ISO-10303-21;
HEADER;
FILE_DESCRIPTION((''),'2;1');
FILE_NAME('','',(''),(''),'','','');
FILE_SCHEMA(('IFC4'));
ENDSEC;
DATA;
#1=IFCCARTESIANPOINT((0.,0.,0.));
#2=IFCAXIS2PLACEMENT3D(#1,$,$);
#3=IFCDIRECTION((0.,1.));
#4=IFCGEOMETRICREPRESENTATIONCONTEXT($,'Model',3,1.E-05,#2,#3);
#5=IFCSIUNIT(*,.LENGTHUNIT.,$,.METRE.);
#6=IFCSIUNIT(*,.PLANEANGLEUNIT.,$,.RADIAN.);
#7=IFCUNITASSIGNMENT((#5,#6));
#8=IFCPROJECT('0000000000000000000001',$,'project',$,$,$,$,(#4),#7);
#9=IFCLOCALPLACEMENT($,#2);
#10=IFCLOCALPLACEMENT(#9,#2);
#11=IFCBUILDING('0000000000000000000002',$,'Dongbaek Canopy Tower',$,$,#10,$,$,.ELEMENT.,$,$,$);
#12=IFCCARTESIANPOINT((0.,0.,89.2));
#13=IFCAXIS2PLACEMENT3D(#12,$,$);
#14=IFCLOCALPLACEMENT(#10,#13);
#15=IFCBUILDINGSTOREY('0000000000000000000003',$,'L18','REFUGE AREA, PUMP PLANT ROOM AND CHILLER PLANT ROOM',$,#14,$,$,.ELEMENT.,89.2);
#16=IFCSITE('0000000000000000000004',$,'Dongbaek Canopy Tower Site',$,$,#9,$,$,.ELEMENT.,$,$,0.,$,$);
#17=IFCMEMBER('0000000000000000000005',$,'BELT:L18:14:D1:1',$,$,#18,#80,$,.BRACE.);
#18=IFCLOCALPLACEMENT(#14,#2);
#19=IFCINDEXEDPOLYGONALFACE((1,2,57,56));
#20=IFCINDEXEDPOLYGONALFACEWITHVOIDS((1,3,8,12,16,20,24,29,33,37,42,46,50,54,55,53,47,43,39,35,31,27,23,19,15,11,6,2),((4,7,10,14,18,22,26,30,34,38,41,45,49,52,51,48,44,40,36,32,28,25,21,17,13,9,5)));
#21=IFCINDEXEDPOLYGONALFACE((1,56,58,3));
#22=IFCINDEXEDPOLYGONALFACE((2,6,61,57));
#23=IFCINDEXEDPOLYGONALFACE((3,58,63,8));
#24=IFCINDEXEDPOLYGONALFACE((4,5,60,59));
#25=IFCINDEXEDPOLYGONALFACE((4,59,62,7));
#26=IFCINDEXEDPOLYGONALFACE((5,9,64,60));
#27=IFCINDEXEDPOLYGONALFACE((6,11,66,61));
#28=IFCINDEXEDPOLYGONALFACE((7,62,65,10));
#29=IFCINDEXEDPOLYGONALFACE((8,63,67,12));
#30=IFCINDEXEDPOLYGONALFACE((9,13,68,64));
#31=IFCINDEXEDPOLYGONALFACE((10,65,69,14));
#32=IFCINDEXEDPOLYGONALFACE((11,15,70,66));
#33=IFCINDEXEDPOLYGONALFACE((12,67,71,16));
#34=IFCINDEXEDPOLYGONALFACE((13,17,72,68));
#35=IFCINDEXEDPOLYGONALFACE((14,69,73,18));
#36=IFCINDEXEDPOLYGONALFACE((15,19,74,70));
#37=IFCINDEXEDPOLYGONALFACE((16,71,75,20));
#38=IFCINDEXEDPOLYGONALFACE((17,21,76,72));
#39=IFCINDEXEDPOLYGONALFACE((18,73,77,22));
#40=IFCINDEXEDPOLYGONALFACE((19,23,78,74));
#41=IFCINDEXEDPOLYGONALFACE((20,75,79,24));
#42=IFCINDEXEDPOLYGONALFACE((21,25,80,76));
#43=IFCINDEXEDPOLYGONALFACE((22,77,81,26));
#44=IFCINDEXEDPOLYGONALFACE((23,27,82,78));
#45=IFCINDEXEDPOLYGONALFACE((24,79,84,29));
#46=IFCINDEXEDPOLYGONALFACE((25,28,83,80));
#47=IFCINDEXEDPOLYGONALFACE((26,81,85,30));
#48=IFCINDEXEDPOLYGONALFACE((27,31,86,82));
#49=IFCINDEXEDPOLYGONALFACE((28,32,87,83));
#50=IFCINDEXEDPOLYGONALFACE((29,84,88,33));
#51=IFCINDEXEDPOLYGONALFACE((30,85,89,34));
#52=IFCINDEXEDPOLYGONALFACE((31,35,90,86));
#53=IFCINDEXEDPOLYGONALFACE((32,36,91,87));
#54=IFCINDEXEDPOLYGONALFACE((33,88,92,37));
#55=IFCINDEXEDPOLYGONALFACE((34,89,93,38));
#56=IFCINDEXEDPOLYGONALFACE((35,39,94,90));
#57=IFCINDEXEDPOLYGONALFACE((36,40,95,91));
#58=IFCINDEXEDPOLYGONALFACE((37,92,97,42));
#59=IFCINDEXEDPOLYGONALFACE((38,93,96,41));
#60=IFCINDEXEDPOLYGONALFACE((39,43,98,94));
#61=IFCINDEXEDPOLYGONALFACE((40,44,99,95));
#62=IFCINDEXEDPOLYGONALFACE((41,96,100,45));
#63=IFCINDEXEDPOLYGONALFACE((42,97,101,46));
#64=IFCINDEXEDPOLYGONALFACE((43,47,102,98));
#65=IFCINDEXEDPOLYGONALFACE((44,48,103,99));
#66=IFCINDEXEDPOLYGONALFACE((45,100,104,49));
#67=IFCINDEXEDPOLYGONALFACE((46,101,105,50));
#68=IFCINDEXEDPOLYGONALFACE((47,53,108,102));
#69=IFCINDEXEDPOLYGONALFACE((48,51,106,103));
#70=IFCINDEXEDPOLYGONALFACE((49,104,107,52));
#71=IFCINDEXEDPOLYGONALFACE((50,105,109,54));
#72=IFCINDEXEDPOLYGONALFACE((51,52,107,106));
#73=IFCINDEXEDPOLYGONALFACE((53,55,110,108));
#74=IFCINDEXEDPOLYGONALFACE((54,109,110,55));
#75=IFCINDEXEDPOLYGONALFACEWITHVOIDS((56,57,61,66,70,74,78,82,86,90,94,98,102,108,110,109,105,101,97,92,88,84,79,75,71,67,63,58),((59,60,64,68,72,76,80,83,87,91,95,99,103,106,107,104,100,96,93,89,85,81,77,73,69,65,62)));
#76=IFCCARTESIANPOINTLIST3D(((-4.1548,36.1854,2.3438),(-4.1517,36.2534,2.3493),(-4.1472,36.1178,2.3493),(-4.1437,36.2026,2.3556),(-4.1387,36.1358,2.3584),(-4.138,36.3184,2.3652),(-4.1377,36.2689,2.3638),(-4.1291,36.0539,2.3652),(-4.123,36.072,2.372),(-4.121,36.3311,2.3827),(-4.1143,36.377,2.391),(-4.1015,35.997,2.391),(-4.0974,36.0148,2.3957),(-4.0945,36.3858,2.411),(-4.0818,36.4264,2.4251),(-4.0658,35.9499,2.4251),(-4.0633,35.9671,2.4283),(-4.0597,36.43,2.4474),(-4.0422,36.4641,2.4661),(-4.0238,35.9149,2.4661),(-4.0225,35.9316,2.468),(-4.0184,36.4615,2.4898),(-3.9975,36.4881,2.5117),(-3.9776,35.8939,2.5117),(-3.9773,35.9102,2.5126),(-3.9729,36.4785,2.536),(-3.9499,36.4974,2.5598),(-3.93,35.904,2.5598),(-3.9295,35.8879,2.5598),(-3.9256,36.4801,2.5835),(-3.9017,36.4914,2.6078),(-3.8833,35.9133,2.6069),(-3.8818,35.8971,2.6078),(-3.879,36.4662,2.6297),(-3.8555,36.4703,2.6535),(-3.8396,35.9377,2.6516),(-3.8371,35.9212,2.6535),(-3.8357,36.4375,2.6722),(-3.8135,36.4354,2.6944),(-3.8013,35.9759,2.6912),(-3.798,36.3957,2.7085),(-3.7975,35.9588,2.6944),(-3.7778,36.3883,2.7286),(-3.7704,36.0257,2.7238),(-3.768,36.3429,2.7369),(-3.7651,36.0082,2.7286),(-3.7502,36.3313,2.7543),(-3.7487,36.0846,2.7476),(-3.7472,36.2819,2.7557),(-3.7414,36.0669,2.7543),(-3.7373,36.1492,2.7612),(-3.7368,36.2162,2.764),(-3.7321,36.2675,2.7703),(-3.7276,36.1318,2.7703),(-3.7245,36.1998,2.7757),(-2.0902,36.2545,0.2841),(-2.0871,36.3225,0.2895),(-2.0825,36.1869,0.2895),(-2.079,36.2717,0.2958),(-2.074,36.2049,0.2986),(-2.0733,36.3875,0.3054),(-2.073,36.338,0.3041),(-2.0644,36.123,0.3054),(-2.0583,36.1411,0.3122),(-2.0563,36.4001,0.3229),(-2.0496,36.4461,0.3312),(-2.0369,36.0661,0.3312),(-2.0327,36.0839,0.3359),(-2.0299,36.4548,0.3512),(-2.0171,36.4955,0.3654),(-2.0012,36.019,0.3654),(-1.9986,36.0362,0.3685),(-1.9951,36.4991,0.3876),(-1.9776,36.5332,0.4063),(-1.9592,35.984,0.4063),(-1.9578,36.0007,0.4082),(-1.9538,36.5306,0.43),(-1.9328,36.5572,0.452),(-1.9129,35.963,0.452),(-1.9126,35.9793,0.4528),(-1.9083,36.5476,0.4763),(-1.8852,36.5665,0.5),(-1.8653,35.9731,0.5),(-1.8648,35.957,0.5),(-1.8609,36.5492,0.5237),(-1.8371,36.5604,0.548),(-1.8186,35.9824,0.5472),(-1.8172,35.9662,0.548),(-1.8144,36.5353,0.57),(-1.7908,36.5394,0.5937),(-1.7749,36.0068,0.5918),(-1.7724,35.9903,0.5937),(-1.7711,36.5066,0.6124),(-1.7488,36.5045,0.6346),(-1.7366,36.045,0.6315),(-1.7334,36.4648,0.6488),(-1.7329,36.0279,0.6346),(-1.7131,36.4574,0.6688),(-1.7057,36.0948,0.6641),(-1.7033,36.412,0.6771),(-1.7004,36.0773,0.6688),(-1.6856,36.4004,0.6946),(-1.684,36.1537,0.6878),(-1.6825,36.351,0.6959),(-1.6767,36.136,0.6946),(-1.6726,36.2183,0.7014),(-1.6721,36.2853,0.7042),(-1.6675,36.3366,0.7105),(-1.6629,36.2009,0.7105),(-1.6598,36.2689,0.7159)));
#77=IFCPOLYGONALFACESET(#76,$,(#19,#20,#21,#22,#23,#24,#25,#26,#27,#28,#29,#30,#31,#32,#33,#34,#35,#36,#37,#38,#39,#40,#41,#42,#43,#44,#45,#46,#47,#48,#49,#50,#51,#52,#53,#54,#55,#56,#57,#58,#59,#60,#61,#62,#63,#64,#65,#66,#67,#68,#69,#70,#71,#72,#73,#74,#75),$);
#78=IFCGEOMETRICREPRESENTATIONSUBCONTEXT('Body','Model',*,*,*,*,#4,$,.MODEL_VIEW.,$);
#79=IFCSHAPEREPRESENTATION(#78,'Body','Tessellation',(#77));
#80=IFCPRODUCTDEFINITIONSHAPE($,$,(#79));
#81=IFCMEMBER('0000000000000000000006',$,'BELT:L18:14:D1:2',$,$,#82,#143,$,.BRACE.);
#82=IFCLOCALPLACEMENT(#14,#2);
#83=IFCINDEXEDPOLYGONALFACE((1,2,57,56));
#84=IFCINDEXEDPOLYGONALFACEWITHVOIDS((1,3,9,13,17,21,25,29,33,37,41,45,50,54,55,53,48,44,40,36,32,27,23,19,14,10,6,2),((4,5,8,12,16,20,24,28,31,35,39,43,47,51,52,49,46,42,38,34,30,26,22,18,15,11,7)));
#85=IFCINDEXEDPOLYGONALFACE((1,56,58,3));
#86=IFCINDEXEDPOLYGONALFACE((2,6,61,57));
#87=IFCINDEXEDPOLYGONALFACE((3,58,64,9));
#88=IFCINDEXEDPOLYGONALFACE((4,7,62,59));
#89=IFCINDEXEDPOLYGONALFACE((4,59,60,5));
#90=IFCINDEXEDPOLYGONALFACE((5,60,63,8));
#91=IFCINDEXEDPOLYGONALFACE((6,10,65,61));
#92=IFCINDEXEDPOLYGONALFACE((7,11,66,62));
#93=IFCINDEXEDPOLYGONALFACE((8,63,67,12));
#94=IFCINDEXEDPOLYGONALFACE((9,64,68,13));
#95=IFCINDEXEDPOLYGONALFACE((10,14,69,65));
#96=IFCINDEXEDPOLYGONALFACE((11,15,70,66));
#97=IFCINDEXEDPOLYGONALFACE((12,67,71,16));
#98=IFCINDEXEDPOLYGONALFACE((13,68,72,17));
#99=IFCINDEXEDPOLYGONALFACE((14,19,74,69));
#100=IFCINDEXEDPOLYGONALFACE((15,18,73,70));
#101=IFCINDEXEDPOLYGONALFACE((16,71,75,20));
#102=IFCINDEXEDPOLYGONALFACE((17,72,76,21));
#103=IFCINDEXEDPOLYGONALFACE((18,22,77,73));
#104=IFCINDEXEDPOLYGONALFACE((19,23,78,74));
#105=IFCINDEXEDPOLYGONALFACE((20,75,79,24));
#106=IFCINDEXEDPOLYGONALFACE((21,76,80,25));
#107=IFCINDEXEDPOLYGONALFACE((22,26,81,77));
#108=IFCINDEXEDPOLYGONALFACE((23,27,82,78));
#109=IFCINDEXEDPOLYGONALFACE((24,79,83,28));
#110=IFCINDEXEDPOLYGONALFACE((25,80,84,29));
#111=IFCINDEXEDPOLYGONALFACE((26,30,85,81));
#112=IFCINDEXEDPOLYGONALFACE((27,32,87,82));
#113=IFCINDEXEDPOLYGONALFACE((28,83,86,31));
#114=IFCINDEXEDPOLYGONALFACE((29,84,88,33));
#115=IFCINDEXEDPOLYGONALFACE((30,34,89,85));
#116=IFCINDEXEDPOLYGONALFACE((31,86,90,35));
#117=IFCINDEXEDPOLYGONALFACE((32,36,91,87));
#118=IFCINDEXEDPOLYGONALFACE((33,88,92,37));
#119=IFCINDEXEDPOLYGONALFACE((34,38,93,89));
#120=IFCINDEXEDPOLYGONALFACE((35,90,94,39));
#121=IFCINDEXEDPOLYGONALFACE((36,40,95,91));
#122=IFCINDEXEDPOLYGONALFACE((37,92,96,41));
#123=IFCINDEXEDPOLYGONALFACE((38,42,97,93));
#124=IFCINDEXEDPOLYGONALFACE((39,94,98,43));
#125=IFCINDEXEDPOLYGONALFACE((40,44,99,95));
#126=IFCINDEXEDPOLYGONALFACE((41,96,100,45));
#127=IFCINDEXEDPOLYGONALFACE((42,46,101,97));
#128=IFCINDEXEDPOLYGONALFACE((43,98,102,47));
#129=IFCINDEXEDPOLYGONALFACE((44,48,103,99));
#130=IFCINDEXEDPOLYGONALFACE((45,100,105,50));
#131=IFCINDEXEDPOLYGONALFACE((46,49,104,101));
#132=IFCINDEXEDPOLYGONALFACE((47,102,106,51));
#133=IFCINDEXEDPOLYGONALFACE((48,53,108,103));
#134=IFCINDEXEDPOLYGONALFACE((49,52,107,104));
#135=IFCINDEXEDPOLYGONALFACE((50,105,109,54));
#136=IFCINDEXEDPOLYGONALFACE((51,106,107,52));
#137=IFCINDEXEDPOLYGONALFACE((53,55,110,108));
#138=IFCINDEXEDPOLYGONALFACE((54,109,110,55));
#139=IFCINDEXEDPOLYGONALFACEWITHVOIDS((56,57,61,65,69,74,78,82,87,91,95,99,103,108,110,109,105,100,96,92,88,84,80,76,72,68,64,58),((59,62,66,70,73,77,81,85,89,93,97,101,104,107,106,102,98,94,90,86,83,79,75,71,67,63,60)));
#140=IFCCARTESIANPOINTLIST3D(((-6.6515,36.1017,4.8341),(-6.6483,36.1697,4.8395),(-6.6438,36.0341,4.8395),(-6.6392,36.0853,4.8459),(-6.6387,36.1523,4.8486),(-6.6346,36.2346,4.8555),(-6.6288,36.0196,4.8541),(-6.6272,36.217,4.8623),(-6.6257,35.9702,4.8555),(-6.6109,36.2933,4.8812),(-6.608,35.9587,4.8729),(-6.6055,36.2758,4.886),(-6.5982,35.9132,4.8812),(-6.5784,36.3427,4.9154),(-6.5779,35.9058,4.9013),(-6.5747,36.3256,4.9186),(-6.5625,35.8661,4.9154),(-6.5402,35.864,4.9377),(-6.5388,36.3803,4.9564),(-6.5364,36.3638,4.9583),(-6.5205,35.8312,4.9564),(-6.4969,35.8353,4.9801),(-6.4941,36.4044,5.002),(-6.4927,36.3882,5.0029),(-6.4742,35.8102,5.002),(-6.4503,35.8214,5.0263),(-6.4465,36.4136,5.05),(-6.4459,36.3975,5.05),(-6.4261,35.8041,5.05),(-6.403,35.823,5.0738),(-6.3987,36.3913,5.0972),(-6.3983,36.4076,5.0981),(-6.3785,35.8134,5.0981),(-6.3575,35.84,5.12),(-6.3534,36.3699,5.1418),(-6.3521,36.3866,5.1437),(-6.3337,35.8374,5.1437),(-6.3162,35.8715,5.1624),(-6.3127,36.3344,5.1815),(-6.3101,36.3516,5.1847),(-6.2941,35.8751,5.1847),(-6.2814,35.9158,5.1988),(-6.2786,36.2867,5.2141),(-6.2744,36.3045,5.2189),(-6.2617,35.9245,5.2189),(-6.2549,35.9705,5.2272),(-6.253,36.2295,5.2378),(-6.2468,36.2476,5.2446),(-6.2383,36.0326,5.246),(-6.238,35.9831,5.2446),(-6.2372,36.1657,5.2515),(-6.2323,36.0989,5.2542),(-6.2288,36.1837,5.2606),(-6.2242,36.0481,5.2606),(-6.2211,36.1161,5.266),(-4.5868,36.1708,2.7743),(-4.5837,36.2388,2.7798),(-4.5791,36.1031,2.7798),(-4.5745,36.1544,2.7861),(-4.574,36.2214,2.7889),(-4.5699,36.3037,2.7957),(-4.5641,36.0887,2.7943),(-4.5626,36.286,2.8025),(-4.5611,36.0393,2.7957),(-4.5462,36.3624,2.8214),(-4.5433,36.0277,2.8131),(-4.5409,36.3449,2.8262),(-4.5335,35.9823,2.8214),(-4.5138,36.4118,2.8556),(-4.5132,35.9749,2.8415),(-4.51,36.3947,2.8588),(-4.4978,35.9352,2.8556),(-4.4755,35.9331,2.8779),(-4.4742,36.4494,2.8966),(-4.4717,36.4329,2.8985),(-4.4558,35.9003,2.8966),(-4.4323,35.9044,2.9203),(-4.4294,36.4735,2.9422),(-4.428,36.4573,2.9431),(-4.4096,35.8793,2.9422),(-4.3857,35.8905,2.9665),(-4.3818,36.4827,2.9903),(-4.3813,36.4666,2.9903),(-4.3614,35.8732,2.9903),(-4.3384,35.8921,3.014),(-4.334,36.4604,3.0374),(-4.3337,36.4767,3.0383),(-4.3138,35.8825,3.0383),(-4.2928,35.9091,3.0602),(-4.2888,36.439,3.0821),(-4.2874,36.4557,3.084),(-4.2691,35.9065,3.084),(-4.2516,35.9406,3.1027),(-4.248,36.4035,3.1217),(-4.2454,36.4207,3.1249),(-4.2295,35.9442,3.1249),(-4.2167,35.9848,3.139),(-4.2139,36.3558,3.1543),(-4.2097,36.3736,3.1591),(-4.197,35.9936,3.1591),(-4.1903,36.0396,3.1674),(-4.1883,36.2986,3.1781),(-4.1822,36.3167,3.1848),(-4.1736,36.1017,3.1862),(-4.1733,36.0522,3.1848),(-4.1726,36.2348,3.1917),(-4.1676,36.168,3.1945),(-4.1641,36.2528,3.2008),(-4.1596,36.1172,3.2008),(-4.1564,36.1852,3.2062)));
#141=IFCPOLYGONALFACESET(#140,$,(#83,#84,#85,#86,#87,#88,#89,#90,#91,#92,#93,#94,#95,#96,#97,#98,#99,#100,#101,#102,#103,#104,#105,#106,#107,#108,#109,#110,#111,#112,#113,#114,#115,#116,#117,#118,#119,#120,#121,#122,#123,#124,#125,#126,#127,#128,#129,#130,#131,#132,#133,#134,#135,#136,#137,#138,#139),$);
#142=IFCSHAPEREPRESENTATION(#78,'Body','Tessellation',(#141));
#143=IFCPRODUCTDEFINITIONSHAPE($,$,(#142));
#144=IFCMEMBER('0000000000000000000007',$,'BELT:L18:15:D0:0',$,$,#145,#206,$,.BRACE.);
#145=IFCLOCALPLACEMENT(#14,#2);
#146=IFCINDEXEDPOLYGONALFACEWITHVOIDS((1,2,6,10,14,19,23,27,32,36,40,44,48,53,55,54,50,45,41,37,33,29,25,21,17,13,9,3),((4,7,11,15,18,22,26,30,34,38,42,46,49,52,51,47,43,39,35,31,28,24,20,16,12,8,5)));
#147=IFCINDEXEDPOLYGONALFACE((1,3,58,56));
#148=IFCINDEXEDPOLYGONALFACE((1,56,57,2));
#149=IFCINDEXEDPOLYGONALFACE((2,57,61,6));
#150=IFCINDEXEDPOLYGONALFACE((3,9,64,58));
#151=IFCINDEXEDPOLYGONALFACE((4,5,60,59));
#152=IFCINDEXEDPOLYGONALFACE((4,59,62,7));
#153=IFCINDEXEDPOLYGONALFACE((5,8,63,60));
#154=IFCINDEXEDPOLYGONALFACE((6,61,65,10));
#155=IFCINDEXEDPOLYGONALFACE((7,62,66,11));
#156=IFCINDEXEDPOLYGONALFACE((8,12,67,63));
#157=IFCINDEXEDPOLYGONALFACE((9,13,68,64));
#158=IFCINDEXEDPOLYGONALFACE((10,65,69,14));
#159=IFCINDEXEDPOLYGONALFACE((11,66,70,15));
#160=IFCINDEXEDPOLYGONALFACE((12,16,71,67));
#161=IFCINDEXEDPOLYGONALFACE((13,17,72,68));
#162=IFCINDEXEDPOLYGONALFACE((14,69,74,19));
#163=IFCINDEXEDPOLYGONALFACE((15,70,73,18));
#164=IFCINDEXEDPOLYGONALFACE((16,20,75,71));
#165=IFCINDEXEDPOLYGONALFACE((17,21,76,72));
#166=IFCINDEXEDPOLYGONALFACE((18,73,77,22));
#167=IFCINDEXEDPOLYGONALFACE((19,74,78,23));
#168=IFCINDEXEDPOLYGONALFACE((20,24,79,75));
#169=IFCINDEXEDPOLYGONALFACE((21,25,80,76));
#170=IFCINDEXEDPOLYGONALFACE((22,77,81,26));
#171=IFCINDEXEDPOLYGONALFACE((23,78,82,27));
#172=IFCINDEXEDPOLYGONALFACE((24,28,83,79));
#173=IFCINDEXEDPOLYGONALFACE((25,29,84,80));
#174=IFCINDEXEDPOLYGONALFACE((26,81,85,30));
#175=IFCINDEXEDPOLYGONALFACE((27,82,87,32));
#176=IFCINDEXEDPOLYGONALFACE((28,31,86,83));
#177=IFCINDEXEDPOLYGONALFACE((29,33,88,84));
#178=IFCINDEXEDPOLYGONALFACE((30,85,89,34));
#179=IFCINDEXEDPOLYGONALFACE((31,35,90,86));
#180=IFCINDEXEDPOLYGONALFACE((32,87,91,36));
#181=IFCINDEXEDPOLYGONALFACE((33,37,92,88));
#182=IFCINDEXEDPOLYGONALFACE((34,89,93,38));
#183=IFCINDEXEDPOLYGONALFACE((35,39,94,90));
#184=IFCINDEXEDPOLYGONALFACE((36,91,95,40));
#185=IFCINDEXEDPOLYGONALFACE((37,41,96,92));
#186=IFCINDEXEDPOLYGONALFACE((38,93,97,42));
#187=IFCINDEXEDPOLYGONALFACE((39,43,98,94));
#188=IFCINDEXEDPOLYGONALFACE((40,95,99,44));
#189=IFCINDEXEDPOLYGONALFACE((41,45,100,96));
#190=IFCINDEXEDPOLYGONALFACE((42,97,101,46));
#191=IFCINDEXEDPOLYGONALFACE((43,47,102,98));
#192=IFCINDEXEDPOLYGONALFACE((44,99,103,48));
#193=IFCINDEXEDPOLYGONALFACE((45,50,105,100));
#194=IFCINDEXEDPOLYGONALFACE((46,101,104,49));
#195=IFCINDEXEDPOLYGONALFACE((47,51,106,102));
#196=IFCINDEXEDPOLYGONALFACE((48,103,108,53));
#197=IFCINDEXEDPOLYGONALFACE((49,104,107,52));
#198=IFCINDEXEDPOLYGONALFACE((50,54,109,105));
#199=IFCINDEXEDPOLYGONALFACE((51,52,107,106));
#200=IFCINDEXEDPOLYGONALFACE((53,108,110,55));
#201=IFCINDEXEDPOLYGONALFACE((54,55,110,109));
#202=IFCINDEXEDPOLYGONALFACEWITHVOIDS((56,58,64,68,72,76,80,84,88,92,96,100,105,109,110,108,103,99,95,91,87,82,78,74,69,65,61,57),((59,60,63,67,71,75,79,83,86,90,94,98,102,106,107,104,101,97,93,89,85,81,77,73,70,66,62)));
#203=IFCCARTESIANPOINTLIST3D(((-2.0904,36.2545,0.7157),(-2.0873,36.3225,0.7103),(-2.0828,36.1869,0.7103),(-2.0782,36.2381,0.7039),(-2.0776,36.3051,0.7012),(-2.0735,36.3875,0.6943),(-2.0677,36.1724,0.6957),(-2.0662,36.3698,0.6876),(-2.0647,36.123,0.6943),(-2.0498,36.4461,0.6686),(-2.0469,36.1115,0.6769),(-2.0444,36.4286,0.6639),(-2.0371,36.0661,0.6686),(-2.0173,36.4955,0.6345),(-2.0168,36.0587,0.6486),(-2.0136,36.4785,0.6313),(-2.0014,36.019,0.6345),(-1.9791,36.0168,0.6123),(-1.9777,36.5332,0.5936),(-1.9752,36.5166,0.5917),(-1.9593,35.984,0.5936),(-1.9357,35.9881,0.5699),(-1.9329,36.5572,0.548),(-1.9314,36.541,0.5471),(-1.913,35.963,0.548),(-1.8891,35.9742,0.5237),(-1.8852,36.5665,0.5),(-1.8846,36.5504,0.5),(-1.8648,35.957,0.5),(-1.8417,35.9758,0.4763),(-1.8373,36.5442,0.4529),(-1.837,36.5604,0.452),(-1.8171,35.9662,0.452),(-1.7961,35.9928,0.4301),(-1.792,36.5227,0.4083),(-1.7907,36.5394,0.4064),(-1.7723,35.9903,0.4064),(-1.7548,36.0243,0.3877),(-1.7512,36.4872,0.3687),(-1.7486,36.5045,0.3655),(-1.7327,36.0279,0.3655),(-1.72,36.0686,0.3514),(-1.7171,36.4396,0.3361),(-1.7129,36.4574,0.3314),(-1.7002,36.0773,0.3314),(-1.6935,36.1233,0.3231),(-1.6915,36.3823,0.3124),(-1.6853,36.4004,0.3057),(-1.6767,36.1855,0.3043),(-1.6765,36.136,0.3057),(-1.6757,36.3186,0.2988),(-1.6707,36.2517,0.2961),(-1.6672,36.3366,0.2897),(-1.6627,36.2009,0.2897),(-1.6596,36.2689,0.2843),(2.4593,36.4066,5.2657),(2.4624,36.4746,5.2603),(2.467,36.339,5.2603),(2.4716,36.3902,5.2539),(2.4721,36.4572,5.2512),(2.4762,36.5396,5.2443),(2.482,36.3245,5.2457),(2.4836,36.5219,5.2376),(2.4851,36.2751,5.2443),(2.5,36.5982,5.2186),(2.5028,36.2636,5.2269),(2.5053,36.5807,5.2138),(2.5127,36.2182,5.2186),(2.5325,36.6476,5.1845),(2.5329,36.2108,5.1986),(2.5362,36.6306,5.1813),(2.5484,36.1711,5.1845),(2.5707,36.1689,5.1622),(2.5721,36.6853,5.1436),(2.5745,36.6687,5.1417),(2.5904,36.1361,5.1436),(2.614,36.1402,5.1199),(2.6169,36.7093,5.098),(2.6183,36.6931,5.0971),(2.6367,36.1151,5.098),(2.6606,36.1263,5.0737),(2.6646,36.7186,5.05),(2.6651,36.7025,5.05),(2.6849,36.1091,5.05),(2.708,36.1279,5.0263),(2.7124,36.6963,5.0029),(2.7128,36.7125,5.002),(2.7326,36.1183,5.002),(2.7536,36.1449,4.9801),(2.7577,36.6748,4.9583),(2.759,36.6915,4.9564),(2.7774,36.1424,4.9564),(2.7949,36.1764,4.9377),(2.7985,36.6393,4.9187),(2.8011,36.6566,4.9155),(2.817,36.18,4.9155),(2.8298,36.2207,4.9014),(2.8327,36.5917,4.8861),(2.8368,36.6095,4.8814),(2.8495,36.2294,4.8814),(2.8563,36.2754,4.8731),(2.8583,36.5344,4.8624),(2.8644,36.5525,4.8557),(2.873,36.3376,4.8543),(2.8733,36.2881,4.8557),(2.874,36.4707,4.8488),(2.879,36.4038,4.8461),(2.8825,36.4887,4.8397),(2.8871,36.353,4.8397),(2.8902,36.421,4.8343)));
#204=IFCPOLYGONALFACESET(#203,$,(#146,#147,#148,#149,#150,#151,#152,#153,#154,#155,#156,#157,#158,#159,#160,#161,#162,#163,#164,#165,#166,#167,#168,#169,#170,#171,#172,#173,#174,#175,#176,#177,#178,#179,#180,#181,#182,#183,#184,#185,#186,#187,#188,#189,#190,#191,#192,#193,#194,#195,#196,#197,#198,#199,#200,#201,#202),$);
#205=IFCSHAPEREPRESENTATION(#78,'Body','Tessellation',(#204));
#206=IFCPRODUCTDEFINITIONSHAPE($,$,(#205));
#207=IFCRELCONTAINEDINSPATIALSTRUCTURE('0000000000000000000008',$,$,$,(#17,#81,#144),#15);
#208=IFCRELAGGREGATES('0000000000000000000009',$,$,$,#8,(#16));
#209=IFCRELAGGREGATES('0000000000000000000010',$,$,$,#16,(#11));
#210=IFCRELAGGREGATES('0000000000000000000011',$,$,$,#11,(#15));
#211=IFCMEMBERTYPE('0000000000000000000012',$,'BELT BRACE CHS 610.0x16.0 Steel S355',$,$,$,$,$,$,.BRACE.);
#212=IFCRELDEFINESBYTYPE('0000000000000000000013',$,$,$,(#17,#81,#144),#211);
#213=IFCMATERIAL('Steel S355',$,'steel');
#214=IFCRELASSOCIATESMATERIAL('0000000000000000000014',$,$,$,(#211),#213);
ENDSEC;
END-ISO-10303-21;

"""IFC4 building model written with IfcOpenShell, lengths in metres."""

from ifc_helpers import new_model, si_unit, direction, frame, origin, origin_2d, place, context, subcontext, project, spatial, hollow_circle, extrude, material, material_profile, profile_set, type_object, element, save


model = new_model("IFC4")

# Units and contexts
model_context = context("Model", 3, precision=1e-05, world=origin(), true_north=direction((0.0, 1.0)))
body_context = subcontext(model_context, "Body", "Model", "MODEL_VIEW")
ifc_project = project(units=[si_unit("LENGTHUNIT", "METRE"), si_unit("PLANEANGLEUNIT", "RADIAN")], contexts=[model_context])

# Site, building, storey
site_placement = place(None, origin())
site = spatial("IfcSite", under=ifc_project, at=site_placement, Name="Dongbaek Canopy Tower Site", CompositionType="ELEMENT", RefElevation=0.0)
building_placement = place(site_placement, origin())
building = spatial("IfcBuilding", under=site, at=building_placement, Name="Dongbaek Canopy Tower", CompositionType="ELEMENT")
storey_placement = place(building_placement, frame((0.0, 0.0, 89.2)))
storey = spatial("IfcBuildingStorey", under=building, at=storey_placement, Name="L18", Description="REFUGE AREA, PUMP PLANT ROOM AND CHILLER PLANT ROOM", CompositionType="ELEMENT", Elevation=89.2)

# Members
ifc_material_1 = material(Name="Steel S355", Category="steel")
ifc_material_profile_1 = material_profile(ifc_material_1, hollow_circle(Radius=0.3049, WallThickness=0.0161, at=origin_2d()), Name="BELT BRACE CHS 610.0x16.0 Steel S355")
ifc_profile_set_1 = profile_set([ifc_material_profile_1], Name="Steel S355")
member_type_1 = type_object("IfcMemberType", Name="BELT BRACE CHS 610.0x16.0 Steel S355", PredefinedType="BRACE", material=ifc_profile_set_1)
for number, where, z_axis, x_axis, name in (
    (1, (-1.875, 36.2617, 0.5), (-0.707745, -0.023684, 0.706071), (0.033445, -0.999441, 0.0), "BELT:L18:14:D1:1"),
    (2, (-6.4363, 36.1089, 5.05), (0.707745, 0.023684, -0.706071), (-0.033445, 0.999441, 0.0), "BELT:L18:14:D1:2"),
):
    element("IfcMember", number, at=place(storey_placement, frame(where, z_axis=z_axis, x_axis=x_axis)), inside=storey, type_object=member_type_1, Name=name, PredefinedType="BRACE", context=body_context, shape_type="SweptSolid", body=[
        extrude(hollow_circle(Radius=0.3049, WallThickness=0.0161, at=origin_2d()), origin(), (0.0, 0.0, 1.0), 2.9172),
    ])
member_1_placement = place(storey_placement, frame((-1.875, 36.2617, 0.5), z_axis=(0.70689, 0.023631, 0.706928), x_axis=(-0.033411, 0.999442, 0.0)))
element("IfcMember", 3, at=member_1_placement, inside=storey, type_object=member_type_1, Name="BELT:L18:15:D0:0", PredefinedType="BRACE", context=body_context, shape_type="SweptSolid", body=[
    extrude(hollow_circle(Radius=0.3049, WallThickness=0.0161, at=origin_2d()), origin(), (0.0, 0.0, 1.0), 6.4363),
])

save(model, "model.ifc")
